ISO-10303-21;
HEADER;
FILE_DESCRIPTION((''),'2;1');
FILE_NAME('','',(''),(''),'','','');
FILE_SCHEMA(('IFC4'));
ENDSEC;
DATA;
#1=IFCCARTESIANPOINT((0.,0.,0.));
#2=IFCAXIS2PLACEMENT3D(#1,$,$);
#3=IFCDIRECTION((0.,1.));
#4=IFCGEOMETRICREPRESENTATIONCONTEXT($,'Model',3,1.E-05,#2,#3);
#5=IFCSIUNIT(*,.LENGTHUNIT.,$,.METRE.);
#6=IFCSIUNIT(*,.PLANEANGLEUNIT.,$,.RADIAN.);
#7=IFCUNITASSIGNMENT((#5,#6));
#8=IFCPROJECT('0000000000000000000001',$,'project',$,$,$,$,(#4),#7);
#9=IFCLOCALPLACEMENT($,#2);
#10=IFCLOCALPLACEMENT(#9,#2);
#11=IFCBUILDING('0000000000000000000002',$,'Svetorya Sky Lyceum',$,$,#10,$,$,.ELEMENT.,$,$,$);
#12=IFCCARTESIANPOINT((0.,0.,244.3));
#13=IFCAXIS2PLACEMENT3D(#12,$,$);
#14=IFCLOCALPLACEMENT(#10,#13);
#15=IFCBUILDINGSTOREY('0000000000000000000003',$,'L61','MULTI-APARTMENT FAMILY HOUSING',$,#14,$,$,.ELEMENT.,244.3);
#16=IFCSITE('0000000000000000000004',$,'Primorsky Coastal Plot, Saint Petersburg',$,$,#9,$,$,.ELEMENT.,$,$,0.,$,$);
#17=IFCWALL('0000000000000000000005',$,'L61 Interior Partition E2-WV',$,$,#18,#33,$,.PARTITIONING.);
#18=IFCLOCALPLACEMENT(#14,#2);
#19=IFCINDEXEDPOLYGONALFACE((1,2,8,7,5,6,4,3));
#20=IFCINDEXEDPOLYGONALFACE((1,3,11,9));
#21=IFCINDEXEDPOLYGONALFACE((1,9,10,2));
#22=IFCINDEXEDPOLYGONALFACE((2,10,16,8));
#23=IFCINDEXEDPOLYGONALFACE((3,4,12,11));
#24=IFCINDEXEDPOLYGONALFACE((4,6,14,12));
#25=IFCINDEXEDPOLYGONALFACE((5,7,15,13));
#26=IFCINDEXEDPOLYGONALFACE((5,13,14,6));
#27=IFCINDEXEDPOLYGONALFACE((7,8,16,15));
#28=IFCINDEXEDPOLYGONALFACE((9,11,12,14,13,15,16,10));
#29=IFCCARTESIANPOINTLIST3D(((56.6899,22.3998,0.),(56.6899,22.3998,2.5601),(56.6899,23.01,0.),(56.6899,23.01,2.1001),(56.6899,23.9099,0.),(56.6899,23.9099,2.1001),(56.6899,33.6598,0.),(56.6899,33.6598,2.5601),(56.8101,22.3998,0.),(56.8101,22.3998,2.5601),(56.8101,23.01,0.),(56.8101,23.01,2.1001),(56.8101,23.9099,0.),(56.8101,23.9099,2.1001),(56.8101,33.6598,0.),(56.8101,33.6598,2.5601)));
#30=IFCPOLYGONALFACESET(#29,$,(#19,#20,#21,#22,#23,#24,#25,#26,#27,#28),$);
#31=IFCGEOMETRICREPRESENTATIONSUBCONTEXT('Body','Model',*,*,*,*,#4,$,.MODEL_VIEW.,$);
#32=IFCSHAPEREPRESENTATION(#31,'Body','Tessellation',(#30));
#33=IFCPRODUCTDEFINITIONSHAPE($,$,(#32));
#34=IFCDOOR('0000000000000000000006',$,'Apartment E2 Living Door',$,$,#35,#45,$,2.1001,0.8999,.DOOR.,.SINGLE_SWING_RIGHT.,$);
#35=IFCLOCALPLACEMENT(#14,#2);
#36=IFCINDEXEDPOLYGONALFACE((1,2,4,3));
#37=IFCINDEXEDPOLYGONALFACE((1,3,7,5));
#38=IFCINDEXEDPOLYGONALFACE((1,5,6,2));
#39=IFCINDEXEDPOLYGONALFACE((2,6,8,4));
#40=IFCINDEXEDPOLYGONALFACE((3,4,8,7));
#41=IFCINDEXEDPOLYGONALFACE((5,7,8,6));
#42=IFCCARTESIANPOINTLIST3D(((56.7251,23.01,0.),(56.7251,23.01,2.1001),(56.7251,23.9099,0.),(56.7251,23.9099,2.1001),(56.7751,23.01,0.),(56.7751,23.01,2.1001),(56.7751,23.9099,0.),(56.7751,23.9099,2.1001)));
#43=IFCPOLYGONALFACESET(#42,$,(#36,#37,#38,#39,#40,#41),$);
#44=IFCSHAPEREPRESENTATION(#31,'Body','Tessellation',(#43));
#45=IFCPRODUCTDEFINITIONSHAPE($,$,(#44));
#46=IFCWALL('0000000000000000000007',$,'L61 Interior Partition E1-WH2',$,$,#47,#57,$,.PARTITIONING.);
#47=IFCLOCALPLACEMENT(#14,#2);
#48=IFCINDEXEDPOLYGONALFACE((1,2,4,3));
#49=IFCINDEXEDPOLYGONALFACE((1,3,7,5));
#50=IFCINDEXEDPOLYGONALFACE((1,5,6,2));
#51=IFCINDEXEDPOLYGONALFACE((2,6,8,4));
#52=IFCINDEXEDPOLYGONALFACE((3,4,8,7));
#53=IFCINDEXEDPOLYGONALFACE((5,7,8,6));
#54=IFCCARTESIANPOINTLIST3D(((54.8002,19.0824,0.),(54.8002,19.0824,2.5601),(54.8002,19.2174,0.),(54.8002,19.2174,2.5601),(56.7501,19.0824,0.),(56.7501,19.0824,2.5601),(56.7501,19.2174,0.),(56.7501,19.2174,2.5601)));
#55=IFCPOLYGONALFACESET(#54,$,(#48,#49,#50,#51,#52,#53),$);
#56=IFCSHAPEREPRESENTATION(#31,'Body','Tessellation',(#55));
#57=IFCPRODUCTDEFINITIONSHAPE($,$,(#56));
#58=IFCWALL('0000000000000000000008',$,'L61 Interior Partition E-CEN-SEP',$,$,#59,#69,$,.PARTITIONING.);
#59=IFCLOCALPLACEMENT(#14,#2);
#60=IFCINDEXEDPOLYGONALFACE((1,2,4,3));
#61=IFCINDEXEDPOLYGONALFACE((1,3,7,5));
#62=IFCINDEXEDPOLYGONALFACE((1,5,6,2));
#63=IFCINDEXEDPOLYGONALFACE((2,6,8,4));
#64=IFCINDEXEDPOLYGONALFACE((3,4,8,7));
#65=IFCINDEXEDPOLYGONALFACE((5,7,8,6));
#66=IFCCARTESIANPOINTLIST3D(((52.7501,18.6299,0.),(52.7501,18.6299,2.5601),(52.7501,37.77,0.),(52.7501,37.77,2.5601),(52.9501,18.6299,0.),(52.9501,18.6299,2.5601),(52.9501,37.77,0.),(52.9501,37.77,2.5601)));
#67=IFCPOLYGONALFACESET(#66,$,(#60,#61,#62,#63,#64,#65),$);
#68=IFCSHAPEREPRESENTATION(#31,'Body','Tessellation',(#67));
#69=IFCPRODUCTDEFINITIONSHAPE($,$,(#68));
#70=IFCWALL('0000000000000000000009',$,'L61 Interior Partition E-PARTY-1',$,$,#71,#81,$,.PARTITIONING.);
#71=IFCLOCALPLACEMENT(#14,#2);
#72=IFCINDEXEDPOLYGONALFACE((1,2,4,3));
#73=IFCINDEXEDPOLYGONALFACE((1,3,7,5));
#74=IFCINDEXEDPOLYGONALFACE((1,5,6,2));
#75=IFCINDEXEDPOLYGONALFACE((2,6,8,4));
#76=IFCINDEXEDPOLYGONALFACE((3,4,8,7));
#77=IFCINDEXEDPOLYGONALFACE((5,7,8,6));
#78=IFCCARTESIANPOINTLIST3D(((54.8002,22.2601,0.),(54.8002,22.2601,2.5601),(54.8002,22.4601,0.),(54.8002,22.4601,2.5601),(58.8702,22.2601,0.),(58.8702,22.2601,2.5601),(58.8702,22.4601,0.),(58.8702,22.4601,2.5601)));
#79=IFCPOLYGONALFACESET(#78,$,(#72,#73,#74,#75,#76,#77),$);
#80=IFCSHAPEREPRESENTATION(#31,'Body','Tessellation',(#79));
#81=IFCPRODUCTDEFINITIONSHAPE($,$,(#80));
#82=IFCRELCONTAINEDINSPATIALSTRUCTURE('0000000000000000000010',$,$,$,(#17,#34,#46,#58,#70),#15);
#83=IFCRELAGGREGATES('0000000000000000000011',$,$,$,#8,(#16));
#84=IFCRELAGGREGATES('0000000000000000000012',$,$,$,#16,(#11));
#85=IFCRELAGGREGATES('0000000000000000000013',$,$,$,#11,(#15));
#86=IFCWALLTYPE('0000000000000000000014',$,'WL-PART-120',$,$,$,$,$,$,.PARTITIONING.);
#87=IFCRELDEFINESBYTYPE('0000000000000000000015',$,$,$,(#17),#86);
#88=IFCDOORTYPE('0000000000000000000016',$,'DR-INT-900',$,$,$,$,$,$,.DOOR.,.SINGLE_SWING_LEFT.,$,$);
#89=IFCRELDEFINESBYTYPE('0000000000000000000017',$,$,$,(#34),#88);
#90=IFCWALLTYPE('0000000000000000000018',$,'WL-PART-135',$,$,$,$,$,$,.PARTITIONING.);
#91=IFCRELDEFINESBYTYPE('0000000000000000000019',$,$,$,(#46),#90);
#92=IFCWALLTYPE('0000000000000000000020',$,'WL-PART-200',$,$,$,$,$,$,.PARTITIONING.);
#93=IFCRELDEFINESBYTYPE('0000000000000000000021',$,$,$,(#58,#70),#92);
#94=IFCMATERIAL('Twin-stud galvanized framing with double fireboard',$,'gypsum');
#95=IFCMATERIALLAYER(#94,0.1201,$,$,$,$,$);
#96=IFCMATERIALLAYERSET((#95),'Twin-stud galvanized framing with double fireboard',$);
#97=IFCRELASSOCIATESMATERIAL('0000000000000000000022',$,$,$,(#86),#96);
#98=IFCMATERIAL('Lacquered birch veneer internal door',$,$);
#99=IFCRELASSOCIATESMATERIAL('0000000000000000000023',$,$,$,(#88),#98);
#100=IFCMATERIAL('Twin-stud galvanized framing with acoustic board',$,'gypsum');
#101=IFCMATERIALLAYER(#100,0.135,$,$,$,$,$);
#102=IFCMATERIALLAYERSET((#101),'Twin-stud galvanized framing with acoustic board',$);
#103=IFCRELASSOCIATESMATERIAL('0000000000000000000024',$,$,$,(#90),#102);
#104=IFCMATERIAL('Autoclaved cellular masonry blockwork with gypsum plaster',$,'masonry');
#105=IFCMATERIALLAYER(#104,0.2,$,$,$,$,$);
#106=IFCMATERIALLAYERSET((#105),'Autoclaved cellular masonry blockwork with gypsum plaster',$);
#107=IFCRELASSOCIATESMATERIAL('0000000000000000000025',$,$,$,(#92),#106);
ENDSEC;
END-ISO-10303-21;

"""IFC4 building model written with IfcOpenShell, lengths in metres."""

from ifc_helpers import new_model, si_unit, direction, frame, frame_2d, origin, place, context, subcontext, project, spatial, rectangle, extrude, material, layer, layer_set, type_object, element, fill, save


model = new_model("IFC4")

# Units and contexts
model_context = context("Model", 3, precision=1e-05, world=origin(), true_north=direction((0.0, 1.0)))
body_context = subcontext(model_context, "Body", "Model", "MODEL_VIEW")
ifc_project = project(units=[si_unit("LENGTHUNIT", "METRE"), si_unit("PLANEANGLEUNIT", "RADIAN")], contexts=[model_context])

# Site, building, storey
site_placement = place(None, origin())
site = spatial("IfcSite", under=ifc_project, at=site_placement, Name="Primorsky Coastal Plot, Saint Petersburg", CompositionType="ELEMENT", RefElevation=0.0)
building_placement = place(site_placement, origin())
building = spatial("IfcBuilding", under=site, at=building_placement, Name="Svetorya Sky Lyceum", CompositionType="ELEMENT")
storey_placement = place(building_placement, frame((0.0, 0.0, 244.3)))
storey = spatial("IfcBuildingStorey", under=building, at=storey_placement, Name="L61", Description="MULTI-APARTMENT FAMILY HOUSING", CompositionType="ELEMENT", Elevation=244.3)

# Wall, opening, door
ifc_material_1 = material(Name="Twin-stud galvanized framing with double fireboard", Category="gypsum")
ifc_layer_1 = layer(ifc_material_1, 0.1201)
ifc_layer_set_1 = layer_set([ifc_layer_1], Name="Twin-stud galvanized framing with double fireboard")
wall_type_1 = type_object("IfcWallType", Name="WL-PART-120", PredefinedType="PARTITIONING", material=ifc_layer_set_1)
wall_1_placement = place(storey_placement, frame((56.75, 22.3999, 0.0), z_axis=(0.0, 0.0, 1.0), x_axis=(0.0, 1.0, 0.0)))
wall_1 = element("IfcWall", 1, at=wall_1_placement, inside=storey, type_object=wall_type_1, Name="L61 Interior Partition E2-WV", PredefinedType="PARTITIONING", context=body_context, shape_type="SweptSolid", body=[
    extrude(rectangle(XDim=11.26, YDim=0.1201, at=frame_2d((5.6299, 0.0))), origin(), (0.0, 0.0, 1.0), 2.5601),
])
opening_1_placement = place(wall_1_placement, frame((0.6101, 0.0, 0.0)))
opening_1 = element("IfcOpeningElement", 2, at=opening_1_placement, cuts=wall_1, PredefinedType="OPENING", context=body_context, shape_type="SweptSolid", body=[
    extrude(rectangle(XDim=0.8999, YDim=2.1001, at=frame_2d((0.45, 1.05))), frame((0.0, 0.0701, 0.0), z_axis=(0.0, -1.0, 0.0), x_axis=(1.0, 0.0, 0.0)), (0.0, 0.0, 1.0), 0.1401),
])
ifc_material_2 = material(Name="Lacquered birch veneer internal door")
door_type_1 = type_object("IfcDoorType", Name="DR-INT-900", OperationType="SINGLE_SWING_LEFT", PredefinedType="DOOR", material=ifc_material_2)
door_1_placement = place(opening_1_placement, origin())
door_1 = element("IfcDoor", 3, at=door_1_placement, inside=storey, type_object=door_type_1, Name="Apartment E2 Living Door", OperationType="SINGLE_SWING_RIGHT", OverallHeight=2.1001, OverallWidth=0.8999, PredefinedType="DOOR", context=body_context, shape_type="SweptSolid", body=[
    extrude(rectangle(XDim=0.8999, YDim=2.1001, at=frame_2d((0.45, 1.05))), frame((0.0, 0.0249, 0.0), z_axis=(0.0, -1.0, 0.0), x_axis=(1.0, 0.0, 0.0)), (0.0, 0.0, 1.0), 0.05),
])
fill(opening_1, door_1)

# Walls
ifc_material_3 = material(Name="Twin-stud galvanized framing with acoustic board", Category="gypsum")
ifc_layer_2 = layer(ifc_material_3, 0.135)
ifc_layer_set_2 = layer_set([ifc_layer_2], Name="Twin-stud galvanized framing with acoustic board")
wall_type_2 = type_object("IfcWallType", Name="WL-PART-135", PredefinedType="PARTITIONING", material=ifc_layer_set_2)
wall_2_placement = place(storey_placement, frame((54.8, 19.1499, 0.0), z_axis=(0.0, 0.0, 1.0), x_axis=(1.0, 0.0, 0.0)))
element("IfcWall", 4, at=wall_2_placement, inside=storey, type_object=wall_type_2, Name="L61 Interior Partition E1-WH2", PredefinedType="PARTITIONING", context=body_context, shape_type="SweptSolid", body=[
    extrude(rectangle(XDim=1.95, YDim=0.135, at=frame_2d((0.9751, 0.0))), origin(), (0.0, 0.0, 1.0), 2.5601),
])
ifc_material_4 = material(Name="Autoclaved cellular masonry blockwork with gypsum plaster", Category="masonry")
ifc_layer_3 = layer(ifc_material_4, 0.2)
ifc_layer_set_3 = layer_set([ifc_layer_3], Name="Autoclaved cellular masonry blockwork with gypsum plaster")
wall_type_3 = type_object("IfcWallType", Name="WL-PART-200", PredefinedType="PARTITIONING", material=ifc_layer_set_3)
wall_3_placement = place(storey_placement, frame((52.8501, 18.6299, 0.0), z_axis=(0.0, 0.0, 1.0), x_axis=(0.0, 1.0, 0.0)))
element("IfcWall", 5, at=wall_3_placement, inside=storey, type_object=wall_type_3, Name="L61 Interior Partition E-CEN-SEP", PredefinedType="PARTITIONING", context=body_context, shape_type="SweptSolid", body=[
    extrude(rectangle(XDim=19.1401, YDim=0.2, at=frame_2d((9.5701, 0.0))), origin(), (0.0, 0.0, 1.0), 2.5601),
])
wall_4_placement = place(storey_placement, frame((54.8, 22.3601, 0.0), z_axis=(0.0, 0.0, 1.0), x_axis=(1.0, 0.0, 0.0)))
element("IfcWall", 6, at=wall_4_placement, inside=storey, type_object=wall_type_3, Name="L61 Interior Partition E-PARTY-1", PredefinedType="PARTITIONING", context=body_context, shape_type="SweptSolid", body=[
    extrude(rectangle(XDim=4.0701, YDim=0.2, at=frame_2d((2.0352, 0.0))), origin(), (0.0, 0.0, 1.0), 2.5601),
])

save(model, "model.ifc")
